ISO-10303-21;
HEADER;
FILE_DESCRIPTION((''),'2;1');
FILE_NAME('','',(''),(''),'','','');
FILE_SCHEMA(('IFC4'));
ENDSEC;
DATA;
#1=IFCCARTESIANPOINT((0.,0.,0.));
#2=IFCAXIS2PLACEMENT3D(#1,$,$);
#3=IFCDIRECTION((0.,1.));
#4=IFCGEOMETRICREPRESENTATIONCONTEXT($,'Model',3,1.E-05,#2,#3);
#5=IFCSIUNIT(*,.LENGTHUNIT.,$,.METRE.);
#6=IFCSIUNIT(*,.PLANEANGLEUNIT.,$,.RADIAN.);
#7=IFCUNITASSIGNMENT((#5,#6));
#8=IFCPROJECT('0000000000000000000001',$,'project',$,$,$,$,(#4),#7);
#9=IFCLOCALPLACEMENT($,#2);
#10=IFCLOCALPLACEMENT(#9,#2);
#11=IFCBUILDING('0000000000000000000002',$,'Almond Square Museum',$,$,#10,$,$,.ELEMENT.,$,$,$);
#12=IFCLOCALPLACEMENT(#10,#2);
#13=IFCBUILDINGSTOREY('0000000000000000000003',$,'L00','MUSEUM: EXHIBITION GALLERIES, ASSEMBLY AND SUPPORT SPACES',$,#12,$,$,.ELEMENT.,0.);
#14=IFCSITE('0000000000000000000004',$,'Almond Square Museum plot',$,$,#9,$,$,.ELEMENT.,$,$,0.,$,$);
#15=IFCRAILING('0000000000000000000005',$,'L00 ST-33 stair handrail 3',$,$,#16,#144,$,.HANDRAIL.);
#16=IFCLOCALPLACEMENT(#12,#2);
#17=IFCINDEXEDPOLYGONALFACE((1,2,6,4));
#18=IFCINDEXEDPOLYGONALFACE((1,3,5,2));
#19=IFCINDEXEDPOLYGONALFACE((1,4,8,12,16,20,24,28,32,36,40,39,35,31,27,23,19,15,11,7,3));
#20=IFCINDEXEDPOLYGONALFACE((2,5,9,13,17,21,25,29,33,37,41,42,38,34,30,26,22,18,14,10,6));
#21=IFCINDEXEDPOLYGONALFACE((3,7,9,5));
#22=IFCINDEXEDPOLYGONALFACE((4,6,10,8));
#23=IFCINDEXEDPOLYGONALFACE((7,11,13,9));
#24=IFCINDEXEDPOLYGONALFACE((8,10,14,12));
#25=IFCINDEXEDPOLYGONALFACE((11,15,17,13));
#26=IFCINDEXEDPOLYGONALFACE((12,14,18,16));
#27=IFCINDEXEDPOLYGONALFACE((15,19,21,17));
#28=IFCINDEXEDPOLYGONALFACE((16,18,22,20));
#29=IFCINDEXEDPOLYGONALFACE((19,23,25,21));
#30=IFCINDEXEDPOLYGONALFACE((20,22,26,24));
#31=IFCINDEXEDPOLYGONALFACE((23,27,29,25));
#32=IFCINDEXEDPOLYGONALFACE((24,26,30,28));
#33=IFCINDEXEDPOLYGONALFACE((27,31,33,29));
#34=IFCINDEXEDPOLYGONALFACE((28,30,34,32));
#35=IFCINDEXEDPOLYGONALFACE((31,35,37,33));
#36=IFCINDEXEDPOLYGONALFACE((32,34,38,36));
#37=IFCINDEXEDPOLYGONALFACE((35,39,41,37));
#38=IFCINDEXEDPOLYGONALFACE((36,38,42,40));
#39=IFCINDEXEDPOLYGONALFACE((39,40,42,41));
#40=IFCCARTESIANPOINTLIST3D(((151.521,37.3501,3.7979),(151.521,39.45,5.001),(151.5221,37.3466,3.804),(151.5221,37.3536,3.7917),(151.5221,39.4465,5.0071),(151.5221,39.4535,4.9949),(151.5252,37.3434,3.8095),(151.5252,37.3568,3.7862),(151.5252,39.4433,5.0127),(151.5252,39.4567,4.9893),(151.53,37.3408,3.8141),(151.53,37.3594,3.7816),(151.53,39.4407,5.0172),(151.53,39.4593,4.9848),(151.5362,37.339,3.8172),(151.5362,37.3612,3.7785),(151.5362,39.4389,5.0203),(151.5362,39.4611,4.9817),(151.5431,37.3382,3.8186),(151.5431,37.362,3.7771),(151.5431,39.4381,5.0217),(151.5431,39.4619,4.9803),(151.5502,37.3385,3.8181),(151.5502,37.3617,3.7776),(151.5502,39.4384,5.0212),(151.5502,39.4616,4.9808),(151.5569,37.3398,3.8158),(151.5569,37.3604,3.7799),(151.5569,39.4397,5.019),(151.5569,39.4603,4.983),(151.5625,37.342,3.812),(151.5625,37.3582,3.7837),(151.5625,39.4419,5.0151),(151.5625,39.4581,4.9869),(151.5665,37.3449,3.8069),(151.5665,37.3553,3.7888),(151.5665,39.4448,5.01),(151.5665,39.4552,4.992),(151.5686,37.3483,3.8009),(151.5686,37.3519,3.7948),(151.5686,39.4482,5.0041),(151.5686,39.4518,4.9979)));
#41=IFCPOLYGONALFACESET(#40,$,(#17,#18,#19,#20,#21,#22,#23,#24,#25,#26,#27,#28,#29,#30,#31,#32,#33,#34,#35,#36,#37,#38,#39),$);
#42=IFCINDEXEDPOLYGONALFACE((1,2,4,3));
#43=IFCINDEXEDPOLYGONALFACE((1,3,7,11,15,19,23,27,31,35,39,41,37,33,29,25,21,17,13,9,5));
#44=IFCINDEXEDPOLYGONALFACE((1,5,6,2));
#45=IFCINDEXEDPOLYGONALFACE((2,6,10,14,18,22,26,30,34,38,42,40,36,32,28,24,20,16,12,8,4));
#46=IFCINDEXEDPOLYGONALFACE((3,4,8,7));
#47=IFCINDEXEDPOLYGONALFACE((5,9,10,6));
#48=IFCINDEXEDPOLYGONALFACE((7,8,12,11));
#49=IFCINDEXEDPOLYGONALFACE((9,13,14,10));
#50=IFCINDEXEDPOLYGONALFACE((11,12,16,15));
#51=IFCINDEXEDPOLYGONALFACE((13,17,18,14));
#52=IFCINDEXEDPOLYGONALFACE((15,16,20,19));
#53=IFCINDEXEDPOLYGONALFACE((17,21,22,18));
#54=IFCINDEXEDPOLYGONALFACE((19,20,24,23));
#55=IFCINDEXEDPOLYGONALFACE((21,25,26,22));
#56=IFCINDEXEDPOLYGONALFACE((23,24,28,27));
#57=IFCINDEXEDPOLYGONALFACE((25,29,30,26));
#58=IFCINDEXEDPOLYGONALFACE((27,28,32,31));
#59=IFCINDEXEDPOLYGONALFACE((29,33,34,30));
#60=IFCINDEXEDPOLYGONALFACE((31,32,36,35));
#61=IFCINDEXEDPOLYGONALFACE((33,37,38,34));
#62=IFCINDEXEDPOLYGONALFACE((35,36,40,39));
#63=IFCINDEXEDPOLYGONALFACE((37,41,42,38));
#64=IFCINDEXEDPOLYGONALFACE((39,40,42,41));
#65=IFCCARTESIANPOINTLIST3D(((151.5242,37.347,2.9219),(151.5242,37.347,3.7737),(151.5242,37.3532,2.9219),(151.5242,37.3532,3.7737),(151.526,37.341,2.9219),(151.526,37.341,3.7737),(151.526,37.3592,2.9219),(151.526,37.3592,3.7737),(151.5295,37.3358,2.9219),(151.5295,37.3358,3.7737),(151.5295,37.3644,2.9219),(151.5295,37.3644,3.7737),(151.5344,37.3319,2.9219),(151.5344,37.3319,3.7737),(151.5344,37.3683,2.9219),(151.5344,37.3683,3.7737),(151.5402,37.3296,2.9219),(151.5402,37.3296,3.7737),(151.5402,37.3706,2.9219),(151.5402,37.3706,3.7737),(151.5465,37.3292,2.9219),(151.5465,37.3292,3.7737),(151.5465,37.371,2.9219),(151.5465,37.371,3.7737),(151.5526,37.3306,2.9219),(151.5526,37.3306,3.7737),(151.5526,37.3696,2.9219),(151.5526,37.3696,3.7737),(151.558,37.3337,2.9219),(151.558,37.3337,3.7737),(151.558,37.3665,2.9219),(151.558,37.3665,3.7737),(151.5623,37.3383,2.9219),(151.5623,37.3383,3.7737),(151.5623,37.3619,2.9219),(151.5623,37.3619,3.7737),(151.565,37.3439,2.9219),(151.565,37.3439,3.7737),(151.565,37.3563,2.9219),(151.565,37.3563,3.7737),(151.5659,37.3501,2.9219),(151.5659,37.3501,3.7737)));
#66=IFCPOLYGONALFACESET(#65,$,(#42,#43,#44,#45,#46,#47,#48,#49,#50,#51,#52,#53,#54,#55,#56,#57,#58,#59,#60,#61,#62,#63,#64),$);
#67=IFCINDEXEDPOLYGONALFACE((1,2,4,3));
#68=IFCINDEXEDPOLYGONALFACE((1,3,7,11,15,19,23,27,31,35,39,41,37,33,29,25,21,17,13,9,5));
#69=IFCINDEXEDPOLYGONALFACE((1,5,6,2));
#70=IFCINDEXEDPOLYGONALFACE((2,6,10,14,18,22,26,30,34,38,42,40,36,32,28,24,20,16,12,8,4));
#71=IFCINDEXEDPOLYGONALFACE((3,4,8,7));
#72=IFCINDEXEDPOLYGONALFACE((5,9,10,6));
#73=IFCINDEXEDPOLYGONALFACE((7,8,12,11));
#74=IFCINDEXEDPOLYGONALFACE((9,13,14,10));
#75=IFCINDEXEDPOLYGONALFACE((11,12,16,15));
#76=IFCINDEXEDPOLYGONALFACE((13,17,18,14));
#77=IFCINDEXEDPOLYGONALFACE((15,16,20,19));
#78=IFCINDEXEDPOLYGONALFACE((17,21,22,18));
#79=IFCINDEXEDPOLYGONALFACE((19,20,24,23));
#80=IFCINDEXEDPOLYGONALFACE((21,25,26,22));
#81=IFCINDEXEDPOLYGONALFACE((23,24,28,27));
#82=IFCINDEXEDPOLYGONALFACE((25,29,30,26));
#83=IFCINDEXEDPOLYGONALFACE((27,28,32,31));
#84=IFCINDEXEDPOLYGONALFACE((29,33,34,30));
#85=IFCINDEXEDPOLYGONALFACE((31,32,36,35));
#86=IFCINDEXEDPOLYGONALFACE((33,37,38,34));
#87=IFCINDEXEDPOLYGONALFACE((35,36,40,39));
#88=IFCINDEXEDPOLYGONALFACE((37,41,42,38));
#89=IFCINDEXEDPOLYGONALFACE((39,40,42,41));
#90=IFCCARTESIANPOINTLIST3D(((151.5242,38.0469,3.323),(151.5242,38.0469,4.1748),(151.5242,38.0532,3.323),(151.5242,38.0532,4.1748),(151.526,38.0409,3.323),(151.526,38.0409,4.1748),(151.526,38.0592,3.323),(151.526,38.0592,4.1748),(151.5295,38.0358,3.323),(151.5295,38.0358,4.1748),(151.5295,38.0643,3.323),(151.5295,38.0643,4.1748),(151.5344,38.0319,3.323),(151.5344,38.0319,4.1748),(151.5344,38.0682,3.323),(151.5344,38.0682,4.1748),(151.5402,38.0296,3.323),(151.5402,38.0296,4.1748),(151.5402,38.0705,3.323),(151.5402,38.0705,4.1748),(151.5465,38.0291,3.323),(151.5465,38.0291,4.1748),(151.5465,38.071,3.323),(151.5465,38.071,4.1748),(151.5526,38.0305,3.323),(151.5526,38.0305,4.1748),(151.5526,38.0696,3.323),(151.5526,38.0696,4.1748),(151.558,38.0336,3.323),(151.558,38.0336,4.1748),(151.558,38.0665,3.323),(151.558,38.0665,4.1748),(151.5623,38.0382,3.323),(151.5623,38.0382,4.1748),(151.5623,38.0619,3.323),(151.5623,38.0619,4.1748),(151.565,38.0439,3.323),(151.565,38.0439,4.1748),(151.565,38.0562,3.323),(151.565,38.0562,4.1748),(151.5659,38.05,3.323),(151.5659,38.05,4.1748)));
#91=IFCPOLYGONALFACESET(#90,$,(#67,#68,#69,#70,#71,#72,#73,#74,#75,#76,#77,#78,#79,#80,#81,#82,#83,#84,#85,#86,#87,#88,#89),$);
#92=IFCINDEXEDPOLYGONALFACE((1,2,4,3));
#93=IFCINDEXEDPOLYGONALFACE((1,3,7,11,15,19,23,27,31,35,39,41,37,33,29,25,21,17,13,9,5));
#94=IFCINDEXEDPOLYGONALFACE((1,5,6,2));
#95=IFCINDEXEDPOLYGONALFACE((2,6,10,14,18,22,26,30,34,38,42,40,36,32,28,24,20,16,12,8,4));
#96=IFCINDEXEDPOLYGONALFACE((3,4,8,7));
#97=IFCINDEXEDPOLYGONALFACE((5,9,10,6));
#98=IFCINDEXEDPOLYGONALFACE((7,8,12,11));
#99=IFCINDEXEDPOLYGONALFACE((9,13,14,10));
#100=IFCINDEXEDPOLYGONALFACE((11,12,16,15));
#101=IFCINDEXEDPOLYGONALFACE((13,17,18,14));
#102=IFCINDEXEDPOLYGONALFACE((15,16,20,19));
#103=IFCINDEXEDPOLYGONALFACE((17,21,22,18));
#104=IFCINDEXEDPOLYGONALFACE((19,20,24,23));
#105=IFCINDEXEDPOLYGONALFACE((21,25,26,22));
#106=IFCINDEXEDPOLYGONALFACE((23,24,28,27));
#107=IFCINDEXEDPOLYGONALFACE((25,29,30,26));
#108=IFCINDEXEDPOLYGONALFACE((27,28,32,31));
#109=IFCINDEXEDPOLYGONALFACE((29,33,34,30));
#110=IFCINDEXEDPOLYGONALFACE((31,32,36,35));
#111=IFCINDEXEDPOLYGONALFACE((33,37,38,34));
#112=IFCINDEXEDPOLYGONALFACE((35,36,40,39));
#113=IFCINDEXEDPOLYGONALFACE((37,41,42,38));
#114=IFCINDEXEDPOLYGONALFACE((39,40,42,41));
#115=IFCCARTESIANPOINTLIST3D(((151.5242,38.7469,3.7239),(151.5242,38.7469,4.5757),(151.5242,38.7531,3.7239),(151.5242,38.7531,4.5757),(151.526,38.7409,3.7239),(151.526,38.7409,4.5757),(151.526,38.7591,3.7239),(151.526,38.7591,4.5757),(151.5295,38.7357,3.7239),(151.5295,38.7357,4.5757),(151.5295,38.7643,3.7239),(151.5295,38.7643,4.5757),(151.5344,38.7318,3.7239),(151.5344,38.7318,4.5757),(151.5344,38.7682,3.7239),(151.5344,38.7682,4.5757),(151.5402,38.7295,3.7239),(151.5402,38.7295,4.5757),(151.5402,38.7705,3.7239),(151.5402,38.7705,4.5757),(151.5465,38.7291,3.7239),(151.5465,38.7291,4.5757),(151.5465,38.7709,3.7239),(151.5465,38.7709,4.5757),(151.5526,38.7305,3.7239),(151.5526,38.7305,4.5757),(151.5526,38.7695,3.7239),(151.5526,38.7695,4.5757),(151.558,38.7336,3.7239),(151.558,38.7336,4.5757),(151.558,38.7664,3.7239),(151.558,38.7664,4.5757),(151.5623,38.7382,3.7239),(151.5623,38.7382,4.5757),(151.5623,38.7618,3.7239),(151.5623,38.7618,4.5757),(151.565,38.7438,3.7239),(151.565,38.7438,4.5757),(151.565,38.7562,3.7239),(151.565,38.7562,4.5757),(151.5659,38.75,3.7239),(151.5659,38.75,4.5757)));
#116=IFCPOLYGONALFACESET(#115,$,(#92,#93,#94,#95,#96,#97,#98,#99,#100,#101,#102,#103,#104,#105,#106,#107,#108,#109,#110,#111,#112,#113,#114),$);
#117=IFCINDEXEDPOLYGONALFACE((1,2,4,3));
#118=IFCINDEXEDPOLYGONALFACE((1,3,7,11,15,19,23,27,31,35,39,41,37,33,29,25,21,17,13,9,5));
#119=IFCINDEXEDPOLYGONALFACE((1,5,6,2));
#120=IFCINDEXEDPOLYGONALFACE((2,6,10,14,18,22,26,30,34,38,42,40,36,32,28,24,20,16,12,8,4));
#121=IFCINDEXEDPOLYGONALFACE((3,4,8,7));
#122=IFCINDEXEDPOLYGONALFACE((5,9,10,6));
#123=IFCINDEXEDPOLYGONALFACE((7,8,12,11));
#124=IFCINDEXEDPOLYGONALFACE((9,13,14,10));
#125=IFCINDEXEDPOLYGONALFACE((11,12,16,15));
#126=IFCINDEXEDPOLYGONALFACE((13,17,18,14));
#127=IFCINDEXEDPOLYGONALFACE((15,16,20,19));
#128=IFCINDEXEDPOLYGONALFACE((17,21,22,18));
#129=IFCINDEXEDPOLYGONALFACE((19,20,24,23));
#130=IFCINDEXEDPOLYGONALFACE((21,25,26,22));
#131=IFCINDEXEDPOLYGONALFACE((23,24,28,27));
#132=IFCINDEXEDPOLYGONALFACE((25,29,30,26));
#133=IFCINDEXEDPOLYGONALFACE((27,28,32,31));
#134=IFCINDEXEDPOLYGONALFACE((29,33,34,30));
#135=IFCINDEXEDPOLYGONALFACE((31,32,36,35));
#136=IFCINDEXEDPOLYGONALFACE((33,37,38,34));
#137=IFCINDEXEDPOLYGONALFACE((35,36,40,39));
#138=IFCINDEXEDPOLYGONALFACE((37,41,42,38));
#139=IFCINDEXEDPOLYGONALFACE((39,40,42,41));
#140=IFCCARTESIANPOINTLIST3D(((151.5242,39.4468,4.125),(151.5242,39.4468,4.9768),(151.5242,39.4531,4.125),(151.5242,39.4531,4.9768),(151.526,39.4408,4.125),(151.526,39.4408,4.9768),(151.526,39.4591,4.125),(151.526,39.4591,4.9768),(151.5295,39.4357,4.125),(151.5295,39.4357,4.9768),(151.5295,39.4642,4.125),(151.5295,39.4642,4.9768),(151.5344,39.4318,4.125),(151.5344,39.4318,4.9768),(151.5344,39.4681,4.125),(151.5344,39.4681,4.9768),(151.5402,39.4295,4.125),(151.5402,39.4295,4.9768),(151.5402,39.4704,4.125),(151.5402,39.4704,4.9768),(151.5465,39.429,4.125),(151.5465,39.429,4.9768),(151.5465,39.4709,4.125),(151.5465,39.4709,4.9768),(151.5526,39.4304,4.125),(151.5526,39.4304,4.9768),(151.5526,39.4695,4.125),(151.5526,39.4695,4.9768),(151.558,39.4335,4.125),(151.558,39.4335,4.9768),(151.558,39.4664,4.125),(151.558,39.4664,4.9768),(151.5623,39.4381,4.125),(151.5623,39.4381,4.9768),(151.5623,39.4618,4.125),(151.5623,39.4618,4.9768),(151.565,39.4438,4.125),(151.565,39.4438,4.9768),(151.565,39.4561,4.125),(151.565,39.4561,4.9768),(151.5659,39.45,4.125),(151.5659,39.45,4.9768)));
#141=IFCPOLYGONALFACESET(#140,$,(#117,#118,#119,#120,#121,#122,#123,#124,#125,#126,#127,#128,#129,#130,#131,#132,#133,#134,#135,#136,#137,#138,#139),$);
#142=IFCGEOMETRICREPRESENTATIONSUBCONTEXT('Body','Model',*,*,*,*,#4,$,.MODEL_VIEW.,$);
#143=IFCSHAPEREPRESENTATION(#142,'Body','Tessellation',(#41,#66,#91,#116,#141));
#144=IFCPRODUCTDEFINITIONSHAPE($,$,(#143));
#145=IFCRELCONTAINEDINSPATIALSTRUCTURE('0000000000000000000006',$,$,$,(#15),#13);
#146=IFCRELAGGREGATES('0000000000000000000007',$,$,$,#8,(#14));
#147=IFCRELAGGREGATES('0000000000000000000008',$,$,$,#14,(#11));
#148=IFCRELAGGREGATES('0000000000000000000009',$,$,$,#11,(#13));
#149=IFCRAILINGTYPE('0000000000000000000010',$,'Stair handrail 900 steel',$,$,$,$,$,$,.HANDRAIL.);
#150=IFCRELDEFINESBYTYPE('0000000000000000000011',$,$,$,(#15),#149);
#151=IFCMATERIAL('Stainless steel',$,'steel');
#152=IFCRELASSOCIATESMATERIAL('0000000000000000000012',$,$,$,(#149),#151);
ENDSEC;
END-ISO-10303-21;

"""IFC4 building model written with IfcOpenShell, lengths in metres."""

from ifc_helpers import new_model, si_unit, direction, frame, origin, origin_2d, place, context, subcontext, project, spatial, circle, extrude, material, type_object, element, save


model = new_model("IFC4")

# Units and contexts
model_context = context("Model", 3, precision=1e-05, world=origin(), true_north=direction((0.0, 1.0)))
body_context = subcontext(model_context, "Body", "Model", "MODEL_VIEW")
ifc_project = project(units=[si_unit("LENGTHUNIT", "METRE"), si_unit("PLANEANGLEUNIT", "RADIAN")], contexts=[model_context])

# Site, building, storey
site_placement = place(None, origin())
site = spatial("IfcSite", under=ifc_project, at=site_placement, Name="Almond Square Museum plot", CompositionType="ELEMENT", RefElevation=0.0)
building_placement = place(site_placement, origin())
building = spatial("IfcBuilding", under=site, at=building_placement, Name="Almond Square Museum", CompositionType="ELEMENT")
storey_placement = place(building_placement, origin())
storey = spatial("IfcBuildingStorey", under=building, at=storey_placement, Name="L00", Description="MUSEUM: EXHIBITION GALLERIES, ASSEMBLY AND SUPPORT SPACES", CompositionType="ELEMENT", Elevation=0.0)

# Railing
ifc_material_1 = material(Name="Stainless steel", Category="steel")
railing_type_1 = type_object("IfcRailingType", Name="Stair handrail 900 steel", PredefinedType="HANDRAIL", material=ifc_material_1)
for number, where, name in (
    (1, (151.5449, 37.3501, 2.9219), "L00 ST-33 stair handrail 3"),
):
    element("IfcRailing", number, at=place(storey_placement, frame(where)), inside=storey, type_object=railing_type_1, Name=name, PredefinedType="HANDRAIL", context=body_context, shape_type="SweptSolid", body=[
        extrude(circle(Radius=0.0239, at=origin_2d()), frame((0.0, 0.0, 0.876), z_axis=(0.0, 0.867671, 0.497138), x_axis=(-1.0, 0.0, 0.0)), (0.0, 0.0, 1.0), 2.4202),
        extrude(circle(Radius=0.021, at=origin_2d()), origin(), (0.0, 0.0, 1.0), 0.8518),
        extrude(circle(Radius=0.021, at=origin_2d()), frame((0.0, 0.7, 0.4011)), (0.0, 0.0, 1.0), 0.8518),
        extrude(circle(Radius=0.021, at=origin_2d()), frame((0.0, 1.3999, 0.802)), (0.0, 0.0, 1.0), 0.8518),
        extrude(circle(Radius=0.021, at=origin_2d()), frame((0.0, 2.0999, 1.2031)), (0.0, 0.0, 1.0), 0.8518),
    ])

save(model, "model.ifc")
